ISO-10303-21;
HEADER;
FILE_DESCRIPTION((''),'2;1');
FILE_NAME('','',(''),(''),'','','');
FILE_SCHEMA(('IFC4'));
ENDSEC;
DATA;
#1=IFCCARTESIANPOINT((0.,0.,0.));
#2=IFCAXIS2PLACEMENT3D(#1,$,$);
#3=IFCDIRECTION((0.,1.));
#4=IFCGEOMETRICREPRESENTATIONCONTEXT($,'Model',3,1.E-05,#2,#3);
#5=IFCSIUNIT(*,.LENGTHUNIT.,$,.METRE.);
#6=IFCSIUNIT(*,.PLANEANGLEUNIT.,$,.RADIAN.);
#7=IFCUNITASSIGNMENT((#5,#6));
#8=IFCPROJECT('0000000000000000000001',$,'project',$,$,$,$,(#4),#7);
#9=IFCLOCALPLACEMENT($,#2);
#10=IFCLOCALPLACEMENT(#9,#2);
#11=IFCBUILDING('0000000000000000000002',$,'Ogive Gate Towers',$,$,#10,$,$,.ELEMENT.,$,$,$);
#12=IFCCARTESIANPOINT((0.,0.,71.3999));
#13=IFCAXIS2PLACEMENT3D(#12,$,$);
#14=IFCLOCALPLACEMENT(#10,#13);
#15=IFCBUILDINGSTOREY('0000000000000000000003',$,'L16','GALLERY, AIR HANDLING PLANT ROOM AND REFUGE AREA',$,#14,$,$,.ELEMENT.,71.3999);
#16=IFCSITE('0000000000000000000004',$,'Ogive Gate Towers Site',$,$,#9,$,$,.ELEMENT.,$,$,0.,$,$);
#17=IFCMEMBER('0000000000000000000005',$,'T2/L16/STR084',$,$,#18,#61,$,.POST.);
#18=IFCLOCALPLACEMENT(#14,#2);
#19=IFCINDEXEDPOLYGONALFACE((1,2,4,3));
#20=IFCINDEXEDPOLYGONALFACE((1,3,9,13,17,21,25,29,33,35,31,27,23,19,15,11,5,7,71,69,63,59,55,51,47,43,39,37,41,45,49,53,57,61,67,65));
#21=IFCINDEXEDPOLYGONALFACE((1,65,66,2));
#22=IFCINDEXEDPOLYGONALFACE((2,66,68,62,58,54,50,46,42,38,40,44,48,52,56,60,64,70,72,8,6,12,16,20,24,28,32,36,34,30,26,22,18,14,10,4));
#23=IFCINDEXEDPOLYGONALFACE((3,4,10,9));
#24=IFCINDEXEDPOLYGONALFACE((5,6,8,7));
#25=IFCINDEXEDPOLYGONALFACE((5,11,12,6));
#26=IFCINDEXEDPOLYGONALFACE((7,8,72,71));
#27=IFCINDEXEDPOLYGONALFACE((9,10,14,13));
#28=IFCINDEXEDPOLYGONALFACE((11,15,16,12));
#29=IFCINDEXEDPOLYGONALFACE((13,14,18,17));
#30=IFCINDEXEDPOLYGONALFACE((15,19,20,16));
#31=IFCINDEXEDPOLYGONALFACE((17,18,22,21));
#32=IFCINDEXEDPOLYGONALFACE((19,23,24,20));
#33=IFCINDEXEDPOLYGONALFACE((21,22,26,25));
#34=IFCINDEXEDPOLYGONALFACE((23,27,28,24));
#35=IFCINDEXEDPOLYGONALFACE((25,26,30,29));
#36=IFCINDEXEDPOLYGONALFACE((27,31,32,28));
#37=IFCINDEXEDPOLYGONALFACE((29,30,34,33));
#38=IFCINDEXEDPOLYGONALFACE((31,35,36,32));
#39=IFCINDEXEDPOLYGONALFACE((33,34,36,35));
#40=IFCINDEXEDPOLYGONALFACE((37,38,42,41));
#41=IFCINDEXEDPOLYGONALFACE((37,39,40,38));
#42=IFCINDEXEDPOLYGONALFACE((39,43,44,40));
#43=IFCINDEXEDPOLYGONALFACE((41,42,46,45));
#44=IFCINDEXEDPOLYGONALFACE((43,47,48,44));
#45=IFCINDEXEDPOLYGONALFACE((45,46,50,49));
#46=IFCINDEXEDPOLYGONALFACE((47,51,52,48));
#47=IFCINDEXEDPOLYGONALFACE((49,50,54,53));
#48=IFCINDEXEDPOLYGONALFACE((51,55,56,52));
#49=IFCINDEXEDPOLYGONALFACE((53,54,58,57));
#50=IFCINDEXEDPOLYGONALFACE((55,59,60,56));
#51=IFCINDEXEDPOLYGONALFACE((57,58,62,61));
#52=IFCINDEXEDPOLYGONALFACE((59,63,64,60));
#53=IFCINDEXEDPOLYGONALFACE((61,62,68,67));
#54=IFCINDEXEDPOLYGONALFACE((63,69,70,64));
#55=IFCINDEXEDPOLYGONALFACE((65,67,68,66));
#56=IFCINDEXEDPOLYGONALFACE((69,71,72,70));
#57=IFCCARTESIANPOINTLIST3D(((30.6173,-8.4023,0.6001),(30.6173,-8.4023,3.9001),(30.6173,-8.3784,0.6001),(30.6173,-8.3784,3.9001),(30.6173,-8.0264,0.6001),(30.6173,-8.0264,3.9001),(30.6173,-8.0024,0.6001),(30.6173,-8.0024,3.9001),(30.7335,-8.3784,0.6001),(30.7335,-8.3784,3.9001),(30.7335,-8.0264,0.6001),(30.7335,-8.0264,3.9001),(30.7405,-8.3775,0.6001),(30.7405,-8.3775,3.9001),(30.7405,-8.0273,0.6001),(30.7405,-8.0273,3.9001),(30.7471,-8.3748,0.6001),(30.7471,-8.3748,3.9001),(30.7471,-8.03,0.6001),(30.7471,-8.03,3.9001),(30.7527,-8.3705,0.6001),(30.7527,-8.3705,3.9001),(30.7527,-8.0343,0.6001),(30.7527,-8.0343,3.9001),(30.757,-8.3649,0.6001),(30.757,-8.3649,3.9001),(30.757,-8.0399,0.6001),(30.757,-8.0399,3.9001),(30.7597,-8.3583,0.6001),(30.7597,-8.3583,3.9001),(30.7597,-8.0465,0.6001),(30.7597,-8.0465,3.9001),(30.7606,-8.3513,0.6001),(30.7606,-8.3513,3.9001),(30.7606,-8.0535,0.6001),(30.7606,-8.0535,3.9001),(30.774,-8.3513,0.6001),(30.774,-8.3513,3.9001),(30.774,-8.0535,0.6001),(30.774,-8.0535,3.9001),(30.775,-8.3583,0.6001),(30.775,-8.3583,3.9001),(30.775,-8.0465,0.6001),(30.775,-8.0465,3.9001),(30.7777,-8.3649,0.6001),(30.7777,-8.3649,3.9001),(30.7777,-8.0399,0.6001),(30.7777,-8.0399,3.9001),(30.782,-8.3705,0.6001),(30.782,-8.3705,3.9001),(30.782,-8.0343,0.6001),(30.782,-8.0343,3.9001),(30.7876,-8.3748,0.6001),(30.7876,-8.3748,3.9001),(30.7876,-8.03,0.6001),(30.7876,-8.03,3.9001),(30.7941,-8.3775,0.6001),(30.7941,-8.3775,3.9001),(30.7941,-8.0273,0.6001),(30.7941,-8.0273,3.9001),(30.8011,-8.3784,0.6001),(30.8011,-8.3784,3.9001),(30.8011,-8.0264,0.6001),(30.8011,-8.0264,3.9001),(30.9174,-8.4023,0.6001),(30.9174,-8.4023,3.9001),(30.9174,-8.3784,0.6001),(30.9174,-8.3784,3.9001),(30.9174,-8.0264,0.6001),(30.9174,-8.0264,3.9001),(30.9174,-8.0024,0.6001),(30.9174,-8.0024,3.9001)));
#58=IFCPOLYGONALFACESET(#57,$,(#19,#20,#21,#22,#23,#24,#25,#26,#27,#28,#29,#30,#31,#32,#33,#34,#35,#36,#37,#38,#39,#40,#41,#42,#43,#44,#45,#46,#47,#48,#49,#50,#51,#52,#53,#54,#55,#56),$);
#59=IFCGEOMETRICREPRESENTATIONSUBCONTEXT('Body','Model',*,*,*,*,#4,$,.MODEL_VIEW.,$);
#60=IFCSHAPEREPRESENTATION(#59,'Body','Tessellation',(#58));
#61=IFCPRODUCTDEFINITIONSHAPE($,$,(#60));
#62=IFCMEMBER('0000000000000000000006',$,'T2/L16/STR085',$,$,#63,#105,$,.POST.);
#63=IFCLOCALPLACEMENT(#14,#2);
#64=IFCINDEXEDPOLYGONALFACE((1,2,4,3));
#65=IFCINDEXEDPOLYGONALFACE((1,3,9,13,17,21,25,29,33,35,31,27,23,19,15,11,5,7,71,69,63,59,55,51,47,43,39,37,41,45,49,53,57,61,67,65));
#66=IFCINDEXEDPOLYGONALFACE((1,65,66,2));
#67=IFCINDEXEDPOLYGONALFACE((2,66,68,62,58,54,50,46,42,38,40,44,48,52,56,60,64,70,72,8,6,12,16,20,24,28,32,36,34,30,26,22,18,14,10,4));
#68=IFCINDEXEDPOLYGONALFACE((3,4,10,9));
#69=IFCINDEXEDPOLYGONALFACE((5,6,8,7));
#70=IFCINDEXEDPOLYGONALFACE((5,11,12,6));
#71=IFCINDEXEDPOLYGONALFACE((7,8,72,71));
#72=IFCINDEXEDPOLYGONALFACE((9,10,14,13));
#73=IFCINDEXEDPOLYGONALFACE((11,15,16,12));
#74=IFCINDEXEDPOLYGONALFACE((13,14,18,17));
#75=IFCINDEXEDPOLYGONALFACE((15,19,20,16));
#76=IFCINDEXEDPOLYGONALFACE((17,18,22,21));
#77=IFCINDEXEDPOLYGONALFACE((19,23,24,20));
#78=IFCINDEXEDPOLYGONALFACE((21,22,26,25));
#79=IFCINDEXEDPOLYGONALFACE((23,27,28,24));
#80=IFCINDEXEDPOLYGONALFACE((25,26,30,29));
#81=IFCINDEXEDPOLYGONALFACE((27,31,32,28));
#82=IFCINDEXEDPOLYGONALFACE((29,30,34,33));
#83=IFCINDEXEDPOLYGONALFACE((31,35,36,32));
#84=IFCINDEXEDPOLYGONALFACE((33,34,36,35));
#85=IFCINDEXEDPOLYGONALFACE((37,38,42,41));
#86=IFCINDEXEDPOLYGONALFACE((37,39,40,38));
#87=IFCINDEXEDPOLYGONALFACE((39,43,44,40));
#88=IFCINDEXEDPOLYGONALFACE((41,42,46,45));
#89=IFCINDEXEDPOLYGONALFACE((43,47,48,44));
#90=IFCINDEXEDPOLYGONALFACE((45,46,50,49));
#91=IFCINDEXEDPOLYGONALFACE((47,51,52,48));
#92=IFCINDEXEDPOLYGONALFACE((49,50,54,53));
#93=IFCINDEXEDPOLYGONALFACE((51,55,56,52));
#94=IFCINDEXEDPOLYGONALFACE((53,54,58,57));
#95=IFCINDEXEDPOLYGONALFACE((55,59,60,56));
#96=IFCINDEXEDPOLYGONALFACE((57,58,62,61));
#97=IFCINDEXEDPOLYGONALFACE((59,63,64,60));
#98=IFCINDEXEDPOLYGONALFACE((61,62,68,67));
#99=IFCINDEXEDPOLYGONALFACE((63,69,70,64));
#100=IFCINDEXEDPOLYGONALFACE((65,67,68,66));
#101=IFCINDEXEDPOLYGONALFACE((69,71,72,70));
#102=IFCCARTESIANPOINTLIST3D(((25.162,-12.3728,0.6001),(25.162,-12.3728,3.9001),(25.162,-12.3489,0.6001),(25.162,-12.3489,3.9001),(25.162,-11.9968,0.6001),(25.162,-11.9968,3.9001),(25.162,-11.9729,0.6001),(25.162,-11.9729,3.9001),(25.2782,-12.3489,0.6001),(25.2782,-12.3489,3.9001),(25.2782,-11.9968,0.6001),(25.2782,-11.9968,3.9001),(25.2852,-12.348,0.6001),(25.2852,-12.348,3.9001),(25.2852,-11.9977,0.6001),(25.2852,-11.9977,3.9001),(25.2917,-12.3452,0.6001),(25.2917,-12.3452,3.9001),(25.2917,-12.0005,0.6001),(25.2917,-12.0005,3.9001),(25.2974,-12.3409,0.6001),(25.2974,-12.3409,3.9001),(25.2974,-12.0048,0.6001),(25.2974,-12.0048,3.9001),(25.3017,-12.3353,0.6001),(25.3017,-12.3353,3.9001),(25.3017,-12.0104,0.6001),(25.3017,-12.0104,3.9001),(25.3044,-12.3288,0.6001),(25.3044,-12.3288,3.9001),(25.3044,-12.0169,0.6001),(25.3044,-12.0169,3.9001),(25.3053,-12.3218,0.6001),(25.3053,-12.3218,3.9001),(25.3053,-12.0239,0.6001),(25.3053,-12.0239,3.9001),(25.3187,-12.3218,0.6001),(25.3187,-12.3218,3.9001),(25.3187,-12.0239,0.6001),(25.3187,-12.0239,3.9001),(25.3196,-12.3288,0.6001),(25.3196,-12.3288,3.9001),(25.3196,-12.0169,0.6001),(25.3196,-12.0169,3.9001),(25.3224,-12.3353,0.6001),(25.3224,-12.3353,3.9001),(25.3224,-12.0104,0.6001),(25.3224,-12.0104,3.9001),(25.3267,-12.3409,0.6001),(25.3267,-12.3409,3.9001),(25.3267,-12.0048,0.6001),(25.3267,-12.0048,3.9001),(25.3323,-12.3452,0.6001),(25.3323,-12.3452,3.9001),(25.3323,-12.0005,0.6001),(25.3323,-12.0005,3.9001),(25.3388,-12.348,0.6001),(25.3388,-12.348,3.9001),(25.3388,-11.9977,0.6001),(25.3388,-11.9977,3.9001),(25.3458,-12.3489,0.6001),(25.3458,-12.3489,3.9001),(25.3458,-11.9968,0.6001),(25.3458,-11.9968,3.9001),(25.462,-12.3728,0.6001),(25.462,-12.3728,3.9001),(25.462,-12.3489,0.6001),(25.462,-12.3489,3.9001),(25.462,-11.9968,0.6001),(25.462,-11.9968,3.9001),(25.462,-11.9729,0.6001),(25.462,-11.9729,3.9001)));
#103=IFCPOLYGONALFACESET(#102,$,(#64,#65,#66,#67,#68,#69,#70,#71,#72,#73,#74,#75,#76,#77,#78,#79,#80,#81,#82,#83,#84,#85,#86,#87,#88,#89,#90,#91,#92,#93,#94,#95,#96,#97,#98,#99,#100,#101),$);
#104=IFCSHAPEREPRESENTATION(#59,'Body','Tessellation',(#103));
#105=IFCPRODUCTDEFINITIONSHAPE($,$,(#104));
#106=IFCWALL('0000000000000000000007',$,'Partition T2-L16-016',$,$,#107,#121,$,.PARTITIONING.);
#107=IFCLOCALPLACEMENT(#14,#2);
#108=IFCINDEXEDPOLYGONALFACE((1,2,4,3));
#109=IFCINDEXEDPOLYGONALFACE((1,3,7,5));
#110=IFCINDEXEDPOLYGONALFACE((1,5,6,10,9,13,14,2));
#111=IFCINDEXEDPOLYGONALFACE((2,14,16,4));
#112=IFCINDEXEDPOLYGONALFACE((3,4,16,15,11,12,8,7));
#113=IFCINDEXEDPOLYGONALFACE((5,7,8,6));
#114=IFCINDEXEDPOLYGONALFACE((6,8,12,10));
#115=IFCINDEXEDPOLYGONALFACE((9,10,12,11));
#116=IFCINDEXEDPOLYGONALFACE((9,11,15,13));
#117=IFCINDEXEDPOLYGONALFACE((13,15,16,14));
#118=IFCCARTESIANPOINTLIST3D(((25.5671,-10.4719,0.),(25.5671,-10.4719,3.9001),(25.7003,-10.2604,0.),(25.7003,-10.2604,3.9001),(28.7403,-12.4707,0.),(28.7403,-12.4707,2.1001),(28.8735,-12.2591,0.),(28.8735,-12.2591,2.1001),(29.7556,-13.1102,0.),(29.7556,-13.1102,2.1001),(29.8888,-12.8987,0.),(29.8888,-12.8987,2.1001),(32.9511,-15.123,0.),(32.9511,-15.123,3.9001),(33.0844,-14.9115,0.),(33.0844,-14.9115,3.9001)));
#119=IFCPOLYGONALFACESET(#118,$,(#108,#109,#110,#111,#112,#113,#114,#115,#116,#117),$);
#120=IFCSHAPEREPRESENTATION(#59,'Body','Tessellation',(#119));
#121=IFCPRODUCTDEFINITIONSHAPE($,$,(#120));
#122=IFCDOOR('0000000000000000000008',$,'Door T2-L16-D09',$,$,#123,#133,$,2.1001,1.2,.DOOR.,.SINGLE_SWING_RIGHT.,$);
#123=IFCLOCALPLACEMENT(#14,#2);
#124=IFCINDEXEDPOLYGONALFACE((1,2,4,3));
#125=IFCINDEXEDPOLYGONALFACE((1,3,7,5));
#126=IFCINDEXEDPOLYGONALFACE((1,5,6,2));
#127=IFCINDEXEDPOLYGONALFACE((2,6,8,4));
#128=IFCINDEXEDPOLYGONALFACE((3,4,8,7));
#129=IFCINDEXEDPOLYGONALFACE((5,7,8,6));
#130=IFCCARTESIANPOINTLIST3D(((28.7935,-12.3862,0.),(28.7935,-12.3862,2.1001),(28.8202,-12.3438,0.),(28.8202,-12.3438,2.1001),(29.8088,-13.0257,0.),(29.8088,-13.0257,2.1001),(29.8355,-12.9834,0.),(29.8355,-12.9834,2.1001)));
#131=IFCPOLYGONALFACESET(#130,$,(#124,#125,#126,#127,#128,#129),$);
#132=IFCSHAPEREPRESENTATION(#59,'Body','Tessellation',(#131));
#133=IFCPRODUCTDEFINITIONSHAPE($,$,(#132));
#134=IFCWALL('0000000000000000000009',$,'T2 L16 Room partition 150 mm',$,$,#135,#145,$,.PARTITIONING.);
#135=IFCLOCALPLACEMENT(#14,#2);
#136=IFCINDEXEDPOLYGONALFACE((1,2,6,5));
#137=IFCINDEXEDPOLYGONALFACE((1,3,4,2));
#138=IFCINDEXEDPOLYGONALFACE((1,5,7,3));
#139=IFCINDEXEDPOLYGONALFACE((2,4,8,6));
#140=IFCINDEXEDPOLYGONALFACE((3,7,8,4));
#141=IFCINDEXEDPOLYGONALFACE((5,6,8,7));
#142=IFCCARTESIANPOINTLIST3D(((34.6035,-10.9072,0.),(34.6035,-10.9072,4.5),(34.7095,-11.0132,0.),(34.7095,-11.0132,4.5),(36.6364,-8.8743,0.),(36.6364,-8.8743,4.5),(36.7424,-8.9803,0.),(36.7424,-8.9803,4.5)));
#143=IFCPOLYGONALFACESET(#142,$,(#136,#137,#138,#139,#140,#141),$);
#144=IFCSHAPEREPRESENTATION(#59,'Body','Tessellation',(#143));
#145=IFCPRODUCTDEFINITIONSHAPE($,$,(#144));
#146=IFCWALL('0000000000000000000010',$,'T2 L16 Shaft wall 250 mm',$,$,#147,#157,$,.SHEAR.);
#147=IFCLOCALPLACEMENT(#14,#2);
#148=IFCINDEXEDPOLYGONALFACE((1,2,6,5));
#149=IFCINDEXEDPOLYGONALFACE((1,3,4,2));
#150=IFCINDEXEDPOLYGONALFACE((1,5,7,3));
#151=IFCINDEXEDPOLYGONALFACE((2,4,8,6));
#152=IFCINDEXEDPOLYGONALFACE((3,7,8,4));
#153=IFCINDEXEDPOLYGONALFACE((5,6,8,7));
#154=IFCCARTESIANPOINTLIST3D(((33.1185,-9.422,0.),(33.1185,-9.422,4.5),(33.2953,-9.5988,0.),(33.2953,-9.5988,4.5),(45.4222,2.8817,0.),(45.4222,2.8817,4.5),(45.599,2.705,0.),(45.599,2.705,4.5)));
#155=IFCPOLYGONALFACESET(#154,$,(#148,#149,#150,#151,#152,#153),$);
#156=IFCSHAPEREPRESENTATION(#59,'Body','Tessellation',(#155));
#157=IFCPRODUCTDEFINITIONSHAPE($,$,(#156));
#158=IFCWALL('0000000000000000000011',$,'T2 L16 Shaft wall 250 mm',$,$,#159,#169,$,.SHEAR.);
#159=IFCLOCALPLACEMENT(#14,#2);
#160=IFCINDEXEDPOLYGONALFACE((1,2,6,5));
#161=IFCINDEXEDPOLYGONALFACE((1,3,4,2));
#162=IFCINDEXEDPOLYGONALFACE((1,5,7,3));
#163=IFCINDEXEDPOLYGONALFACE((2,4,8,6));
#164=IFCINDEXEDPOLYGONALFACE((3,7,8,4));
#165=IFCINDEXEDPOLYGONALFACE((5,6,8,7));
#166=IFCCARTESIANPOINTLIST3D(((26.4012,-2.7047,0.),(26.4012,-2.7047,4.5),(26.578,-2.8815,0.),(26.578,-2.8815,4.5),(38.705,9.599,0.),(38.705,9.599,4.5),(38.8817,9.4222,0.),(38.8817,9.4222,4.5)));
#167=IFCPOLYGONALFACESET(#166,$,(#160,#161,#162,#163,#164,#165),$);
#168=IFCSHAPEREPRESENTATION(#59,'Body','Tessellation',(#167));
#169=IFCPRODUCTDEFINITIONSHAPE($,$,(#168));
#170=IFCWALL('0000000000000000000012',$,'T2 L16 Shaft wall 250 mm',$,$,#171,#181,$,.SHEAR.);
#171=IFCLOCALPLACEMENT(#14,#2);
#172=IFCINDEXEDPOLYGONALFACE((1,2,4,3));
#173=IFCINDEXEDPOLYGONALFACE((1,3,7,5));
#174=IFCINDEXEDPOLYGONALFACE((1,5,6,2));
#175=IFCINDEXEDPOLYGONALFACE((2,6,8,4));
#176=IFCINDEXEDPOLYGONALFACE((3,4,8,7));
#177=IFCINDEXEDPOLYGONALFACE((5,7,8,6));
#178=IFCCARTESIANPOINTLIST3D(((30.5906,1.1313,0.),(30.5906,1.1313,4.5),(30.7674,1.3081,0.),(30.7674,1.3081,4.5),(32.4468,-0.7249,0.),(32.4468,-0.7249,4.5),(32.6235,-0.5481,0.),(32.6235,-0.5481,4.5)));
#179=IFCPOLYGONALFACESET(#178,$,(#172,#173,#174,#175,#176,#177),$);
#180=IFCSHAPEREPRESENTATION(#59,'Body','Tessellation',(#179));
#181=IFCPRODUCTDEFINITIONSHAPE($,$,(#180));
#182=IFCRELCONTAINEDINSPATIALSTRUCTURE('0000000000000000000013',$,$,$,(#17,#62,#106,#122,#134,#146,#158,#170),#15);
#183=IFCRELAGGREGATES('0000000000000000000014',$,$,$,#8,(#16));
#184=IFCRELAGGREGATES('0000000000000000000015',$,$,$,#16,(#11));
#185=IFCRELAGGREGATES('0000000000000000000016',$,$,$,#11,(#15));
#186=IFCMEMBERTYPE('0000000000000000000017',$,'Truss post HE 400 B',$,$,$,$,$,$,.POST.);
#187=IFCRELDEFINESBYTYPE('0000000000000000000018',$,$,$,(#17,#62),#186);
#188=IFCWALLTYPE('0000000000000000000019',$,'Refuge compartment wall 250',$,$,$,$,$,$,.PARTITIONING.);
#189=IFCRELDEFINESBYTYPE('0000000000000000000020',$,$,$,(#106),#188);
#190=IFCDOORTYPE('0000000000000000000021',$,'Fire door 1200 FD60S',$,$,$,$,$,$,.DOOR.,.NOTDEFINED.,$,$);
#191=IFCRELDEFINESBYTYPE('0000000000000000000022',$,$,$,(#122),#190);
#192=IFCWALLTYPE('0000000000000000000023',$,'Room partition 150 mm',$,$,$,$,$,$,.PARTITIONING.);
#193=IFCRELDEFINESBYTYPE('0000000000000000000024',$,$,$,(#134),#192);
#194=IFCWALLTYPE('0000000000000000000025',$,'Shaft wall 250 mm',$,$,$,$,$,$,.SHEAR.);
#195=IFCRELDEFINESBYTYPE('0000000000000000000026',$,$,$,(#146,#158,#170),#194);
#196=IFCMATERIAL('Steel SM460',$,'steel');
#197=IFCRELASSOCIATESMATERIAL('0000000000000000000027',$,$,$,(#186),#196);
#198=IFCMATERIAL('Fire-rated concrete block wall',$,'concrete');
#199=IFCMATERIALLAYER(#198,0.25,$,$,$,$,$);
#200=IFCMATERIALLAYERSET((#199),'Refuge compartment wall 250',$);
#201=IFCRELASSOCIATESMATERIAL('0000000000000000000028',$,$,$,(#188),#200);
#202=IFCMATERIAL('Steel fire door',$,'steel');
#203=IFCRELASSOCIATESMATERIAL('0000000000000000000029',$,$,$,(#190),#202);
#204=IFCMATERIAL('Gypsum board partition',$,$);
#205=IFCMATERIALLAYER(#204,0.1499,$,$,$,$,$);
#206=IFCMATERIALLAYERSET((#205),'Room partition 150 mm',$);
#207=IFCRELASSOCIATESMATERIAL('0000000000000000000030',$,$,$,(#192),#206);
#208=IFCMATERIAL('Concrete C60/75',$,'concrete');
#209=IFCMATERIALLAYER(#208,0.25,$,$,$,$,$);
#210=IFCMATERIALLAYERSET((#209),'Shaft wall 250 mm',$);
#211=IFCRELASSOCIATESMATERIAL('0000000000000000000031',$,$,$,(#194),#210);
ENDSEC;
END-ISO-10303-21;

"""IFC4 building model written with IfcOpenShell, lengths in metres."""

from ifc_helpers import new_model, si_unit, direction, frame, frame_2d, origin, origin_2d, place, context, subcontext, project, spatial, rectangle, i_section, extrude, material, layer, layer_set, material_profile, profile_set, type_object, element, fill, save


model = new_model("IFC4")

# Units and contexts
model_context = context("Model", 3, precision=1e-05, world=origin(), true_north=direction((0.0, 1.0)))
body_context = subcontext(model_context, "Body", "Model", "MODEL_VIEW")
ifc_project = project(units=[si_unit("LENGTHUNIT", "METRE"), si_unit("PLANEANGLEUNIT", "RADIAN")], contexts=[model_context])

# Site, building, storey
site_placement = place(None, origin())
site = spatial("IfcSite", under=ifc_project, at=site_placement, Name="Ogive Gate Towers Site", CompositionType="ELEMENT", RefElevation=0.0)
building_placement = place(site_placement, origin())
building = spatial("IfcBuilding", under=site, at=building_placement, Name="Ogive Gate Towers", CompositionType="ELEMENT")
storey_placement = place(building_placement, frame((0.0, 0.0, 71.3999)))
storey = spatial("IfcBuildingStorey", under=building, at=storey_placement, Name="L16", Description="GALLERY, AIR HANDLING PLANT ROOM AND REFUGE AREA", CompositionType="ELEMENT", Elevation=71.3999)

# Shared definitions
ifc_material_1 = material(Name="Steel SM460", Category="steel")

# Members
ifc_material_profile_1 = material_profile(ifc_material_1, i_section(OverallWidth=0.3, OverallDepth=0.3999, WebThickness=0.0134, FlangeThickness=0.0239, FilletRadius=0.0271, at=origin_2d()), Name="HE 400 B")
ifc_profile_set_1 = profile_set([ifc_material_profile_1], Name="Steel SM460")
member_type_1 = type_object("IfcMemberType", Name="Truss post HE 400 B", PredefinedType="POST", material=ifc_profile_set_1)
for number, where, z_axis, x_axis, name in (
    (1, (30.7673, -8.2024, 0.6001), (0.0, 0.0, 1.0), (1.0, 0.0, 0.0), "T2/L16/STR084"),
    (2, (25.312, -12.1729, 0.6001), (0.0, 0.0, 1.0), (1.0, 0.0, 0.0), "T2/L16/STR085"),
):
    element("IfcMember", number, at=place(storey_placement, frame(where, z_axis=z_axis, x_axis=x_axis)), inside=storey, type_object=member_type_1, Name=name, PredefinedType="POST", context=body_context, shape_type="SweptSolid", body=[
        extrude(i_section(OverallWidth=0.3, OverallDepth=0.3999, WebThickness=0.0134, FlangeThickness=0.0239, FilletRadius=0.0271, at=origin_2d()), origin(), (0.0, 0.0, 1.0), 3.3),
    ])

# Wall, opening, door
ifc_material_2 = material(Name="Fire-rated concrete block wall", Category="concrete")
ifc_layer_1 = layer(ifc_material_2, 0.25)
ifc_layer_set_1 = layer_set([ifc_layer_1], Name="Refuge compartment wall 250")
wall_type_1 = type_object("IfcWallType", Name="Refuge compartment wall 250", PredefinedType="PARTITIONING", material=ifc_layer_set_1)
wall_1_placement = place(storey_placement, frame((25.6338, -10.3662, 0.0), z_axis=(0.0, 0.0, 1.0), x_axis=(0.846134, -0.532971, 0.0)))
wall_1 = element("IfcWall", 3, at=wall_1_placement, inside=storey, type_object=wall_type_1, Name="Partition T2-L16-016", PredefinedType="PARTITIONING", context=body_context, shape_type="SweptSolid", body=[
    extrude(rectangle(XDim=8.7268, YDim=0.25, at=frame_2d((4.3633, 0.0))), origin(), (0.0, 0.0, 1.0), 3.9001),
])
opening_1_placement = place(wall_1_placement, frame((3.75, 0.0, 0.0)))
opening_1 = element("IfcOpeningElement", 4, at=opening_1_placement, cuts=wall_1, PredefinedType="OPENING", context=body_context, shape_type="SweptSolid", body=[
    extrude(rectangle(XDim=1.2, YDim=2.1001, at=frame_2d((0.6001, 1.05))), frame((0.0, 0.135, 0.0), z_axis=(0.0, -1.0, 0.0), x_axis=(1.0, 0.0, 0.0)), (0.0, 0.0, 1.0), 0.27),
])
ifc_material_3 = material(Name="Steel fire door", Category="steel")
door_type_1 = type_object("IfcDoorType", Name="Fire door 1200 FD60S", OperationType="NOTDEFINED", PredefinedType="DOOR", material=ifc_material_3)
door_1_placement = place(opening_1_placement, origin())
door_1 = element("IfcDoor", 5, at=door_1_placement, inside=storey, type_object=door_type_1, Name="Door T2-L16-D09", OperationType="SINGLE_SWING_RIGHT", OverallHeight=2.1001, OverallWidth=1.2, PredefinedType="DOOR", context=body_context, shape_type="SweptSolid", body=[
    extrude(rectangle(XDim=1.2, YDim=2.1001, at=frame_2d((0.6001, 1.05))), frame((0.0, 0.0249, 0.0), z_axis=(0.0, -1.0, 0.0), x_axis=(1.0, 0.0, 0.0)), (0.0, 0.0, 1.0), 0.05),
])
fill(opening_1, door_1)

# Walls
ifc_material_4 = material(Name="Gypsum board partition")
ifc_layer_2 = layer(ifc_material_4, 0.1499)
ifc_layer_set_2 = layer_set([ifc_layer_2], Name="Room partition 150 mm")
wall_type_2 = type_object("IfcWallType", Name="Room partition 150 mm", PredefinedType="PARTITIONING", material=ifc_layer_set_2)
wall_2_placement = place(storey_placement, frame((34.6565, -10.9602, 0.0), z_axis=(0.0, 0.0, 1.0), x_axis=(0.707107, 0.707107, 0.0)))
element("IfcWall", 6, at=wall_2_placement, inside=storey, type_object=wall_type_2, Name="T2 L16 Room partition 150 mm", PredefinedType="PARTITIONING", context=body_context, shape_type="SweptSolid", body=[
    extrude(rectangle(XDim=2.875, YDim=0.1499, at=frame_2d((1.4375, 0.0))), origin(), (0.0, 0.0, 1.0), 4.5),
])
ifc_material_5 = material(Name="Concrete C60/75", Category="concrete")
ifc_layer_3 = layer(ifc_material_5, 0.25)
ifc_layer_set_3 = layer_set([ifc_layer_3], Name="Shaft wall 250 mm")
wall_type_3 = type_object("IfcWallType", Name="Shaft wall 250 mm", PredefinedType="SHEAR", material=ifc_layer_set_3)
for number, where, z_axis, x_axis, name in (
    (7, (33.2068, -9.5105, 0.0), (0.0, 0.0, 1.0), (0.707107, 0.707107, 0.0), "T2 L16 Shaft wall 250 mm"),
    (8, (26.4895, -2.7932, 0.0), (0.0, 0.0, 1.0), (0.707107, 0.707107, 0.0), "T2 L16 Shaft wall 250 mm"),
):
    element("IfcWall", number, at=place(storey_placement, frame(where, z_axis=z_axis, x_axis=x_axis)), inside=storey, type_object=wall_type_3, Name=name, PredefinedType="SHEAR", context=body_context, shape_type="SweptSolid", body=[
        extrude(rectangle(XDim=17.4001, YDim=0.25, at=frame_2d((8.7002, 0.0))), origin(), (0.0, 0.0, 1.0), 4.5),
    ])
wall_3_placement = place(storey_placement, frame((32.5352, -0.6365, 0.0), z_axis=(0.0, 0.0, 1.0), x_axis=(-0.707107, 0.707107, 0.0)))
element("IfcWall", 9, at=wall_3_placement, inside=storey, type_object=wall_type_3, Name="T2 L16 Shaft wall 250 mm", PredefinedType="SHEAR", context=body_context, shape_type="SweptSolid", body=[
    extrude(rectangle(XDim=2.625, YDim=0.25, at=frame_2d((1.3125, 0.0))), origin(), (0.0, 0.0, 1.0), 4.5),
])

save(model, "model.ifc")
